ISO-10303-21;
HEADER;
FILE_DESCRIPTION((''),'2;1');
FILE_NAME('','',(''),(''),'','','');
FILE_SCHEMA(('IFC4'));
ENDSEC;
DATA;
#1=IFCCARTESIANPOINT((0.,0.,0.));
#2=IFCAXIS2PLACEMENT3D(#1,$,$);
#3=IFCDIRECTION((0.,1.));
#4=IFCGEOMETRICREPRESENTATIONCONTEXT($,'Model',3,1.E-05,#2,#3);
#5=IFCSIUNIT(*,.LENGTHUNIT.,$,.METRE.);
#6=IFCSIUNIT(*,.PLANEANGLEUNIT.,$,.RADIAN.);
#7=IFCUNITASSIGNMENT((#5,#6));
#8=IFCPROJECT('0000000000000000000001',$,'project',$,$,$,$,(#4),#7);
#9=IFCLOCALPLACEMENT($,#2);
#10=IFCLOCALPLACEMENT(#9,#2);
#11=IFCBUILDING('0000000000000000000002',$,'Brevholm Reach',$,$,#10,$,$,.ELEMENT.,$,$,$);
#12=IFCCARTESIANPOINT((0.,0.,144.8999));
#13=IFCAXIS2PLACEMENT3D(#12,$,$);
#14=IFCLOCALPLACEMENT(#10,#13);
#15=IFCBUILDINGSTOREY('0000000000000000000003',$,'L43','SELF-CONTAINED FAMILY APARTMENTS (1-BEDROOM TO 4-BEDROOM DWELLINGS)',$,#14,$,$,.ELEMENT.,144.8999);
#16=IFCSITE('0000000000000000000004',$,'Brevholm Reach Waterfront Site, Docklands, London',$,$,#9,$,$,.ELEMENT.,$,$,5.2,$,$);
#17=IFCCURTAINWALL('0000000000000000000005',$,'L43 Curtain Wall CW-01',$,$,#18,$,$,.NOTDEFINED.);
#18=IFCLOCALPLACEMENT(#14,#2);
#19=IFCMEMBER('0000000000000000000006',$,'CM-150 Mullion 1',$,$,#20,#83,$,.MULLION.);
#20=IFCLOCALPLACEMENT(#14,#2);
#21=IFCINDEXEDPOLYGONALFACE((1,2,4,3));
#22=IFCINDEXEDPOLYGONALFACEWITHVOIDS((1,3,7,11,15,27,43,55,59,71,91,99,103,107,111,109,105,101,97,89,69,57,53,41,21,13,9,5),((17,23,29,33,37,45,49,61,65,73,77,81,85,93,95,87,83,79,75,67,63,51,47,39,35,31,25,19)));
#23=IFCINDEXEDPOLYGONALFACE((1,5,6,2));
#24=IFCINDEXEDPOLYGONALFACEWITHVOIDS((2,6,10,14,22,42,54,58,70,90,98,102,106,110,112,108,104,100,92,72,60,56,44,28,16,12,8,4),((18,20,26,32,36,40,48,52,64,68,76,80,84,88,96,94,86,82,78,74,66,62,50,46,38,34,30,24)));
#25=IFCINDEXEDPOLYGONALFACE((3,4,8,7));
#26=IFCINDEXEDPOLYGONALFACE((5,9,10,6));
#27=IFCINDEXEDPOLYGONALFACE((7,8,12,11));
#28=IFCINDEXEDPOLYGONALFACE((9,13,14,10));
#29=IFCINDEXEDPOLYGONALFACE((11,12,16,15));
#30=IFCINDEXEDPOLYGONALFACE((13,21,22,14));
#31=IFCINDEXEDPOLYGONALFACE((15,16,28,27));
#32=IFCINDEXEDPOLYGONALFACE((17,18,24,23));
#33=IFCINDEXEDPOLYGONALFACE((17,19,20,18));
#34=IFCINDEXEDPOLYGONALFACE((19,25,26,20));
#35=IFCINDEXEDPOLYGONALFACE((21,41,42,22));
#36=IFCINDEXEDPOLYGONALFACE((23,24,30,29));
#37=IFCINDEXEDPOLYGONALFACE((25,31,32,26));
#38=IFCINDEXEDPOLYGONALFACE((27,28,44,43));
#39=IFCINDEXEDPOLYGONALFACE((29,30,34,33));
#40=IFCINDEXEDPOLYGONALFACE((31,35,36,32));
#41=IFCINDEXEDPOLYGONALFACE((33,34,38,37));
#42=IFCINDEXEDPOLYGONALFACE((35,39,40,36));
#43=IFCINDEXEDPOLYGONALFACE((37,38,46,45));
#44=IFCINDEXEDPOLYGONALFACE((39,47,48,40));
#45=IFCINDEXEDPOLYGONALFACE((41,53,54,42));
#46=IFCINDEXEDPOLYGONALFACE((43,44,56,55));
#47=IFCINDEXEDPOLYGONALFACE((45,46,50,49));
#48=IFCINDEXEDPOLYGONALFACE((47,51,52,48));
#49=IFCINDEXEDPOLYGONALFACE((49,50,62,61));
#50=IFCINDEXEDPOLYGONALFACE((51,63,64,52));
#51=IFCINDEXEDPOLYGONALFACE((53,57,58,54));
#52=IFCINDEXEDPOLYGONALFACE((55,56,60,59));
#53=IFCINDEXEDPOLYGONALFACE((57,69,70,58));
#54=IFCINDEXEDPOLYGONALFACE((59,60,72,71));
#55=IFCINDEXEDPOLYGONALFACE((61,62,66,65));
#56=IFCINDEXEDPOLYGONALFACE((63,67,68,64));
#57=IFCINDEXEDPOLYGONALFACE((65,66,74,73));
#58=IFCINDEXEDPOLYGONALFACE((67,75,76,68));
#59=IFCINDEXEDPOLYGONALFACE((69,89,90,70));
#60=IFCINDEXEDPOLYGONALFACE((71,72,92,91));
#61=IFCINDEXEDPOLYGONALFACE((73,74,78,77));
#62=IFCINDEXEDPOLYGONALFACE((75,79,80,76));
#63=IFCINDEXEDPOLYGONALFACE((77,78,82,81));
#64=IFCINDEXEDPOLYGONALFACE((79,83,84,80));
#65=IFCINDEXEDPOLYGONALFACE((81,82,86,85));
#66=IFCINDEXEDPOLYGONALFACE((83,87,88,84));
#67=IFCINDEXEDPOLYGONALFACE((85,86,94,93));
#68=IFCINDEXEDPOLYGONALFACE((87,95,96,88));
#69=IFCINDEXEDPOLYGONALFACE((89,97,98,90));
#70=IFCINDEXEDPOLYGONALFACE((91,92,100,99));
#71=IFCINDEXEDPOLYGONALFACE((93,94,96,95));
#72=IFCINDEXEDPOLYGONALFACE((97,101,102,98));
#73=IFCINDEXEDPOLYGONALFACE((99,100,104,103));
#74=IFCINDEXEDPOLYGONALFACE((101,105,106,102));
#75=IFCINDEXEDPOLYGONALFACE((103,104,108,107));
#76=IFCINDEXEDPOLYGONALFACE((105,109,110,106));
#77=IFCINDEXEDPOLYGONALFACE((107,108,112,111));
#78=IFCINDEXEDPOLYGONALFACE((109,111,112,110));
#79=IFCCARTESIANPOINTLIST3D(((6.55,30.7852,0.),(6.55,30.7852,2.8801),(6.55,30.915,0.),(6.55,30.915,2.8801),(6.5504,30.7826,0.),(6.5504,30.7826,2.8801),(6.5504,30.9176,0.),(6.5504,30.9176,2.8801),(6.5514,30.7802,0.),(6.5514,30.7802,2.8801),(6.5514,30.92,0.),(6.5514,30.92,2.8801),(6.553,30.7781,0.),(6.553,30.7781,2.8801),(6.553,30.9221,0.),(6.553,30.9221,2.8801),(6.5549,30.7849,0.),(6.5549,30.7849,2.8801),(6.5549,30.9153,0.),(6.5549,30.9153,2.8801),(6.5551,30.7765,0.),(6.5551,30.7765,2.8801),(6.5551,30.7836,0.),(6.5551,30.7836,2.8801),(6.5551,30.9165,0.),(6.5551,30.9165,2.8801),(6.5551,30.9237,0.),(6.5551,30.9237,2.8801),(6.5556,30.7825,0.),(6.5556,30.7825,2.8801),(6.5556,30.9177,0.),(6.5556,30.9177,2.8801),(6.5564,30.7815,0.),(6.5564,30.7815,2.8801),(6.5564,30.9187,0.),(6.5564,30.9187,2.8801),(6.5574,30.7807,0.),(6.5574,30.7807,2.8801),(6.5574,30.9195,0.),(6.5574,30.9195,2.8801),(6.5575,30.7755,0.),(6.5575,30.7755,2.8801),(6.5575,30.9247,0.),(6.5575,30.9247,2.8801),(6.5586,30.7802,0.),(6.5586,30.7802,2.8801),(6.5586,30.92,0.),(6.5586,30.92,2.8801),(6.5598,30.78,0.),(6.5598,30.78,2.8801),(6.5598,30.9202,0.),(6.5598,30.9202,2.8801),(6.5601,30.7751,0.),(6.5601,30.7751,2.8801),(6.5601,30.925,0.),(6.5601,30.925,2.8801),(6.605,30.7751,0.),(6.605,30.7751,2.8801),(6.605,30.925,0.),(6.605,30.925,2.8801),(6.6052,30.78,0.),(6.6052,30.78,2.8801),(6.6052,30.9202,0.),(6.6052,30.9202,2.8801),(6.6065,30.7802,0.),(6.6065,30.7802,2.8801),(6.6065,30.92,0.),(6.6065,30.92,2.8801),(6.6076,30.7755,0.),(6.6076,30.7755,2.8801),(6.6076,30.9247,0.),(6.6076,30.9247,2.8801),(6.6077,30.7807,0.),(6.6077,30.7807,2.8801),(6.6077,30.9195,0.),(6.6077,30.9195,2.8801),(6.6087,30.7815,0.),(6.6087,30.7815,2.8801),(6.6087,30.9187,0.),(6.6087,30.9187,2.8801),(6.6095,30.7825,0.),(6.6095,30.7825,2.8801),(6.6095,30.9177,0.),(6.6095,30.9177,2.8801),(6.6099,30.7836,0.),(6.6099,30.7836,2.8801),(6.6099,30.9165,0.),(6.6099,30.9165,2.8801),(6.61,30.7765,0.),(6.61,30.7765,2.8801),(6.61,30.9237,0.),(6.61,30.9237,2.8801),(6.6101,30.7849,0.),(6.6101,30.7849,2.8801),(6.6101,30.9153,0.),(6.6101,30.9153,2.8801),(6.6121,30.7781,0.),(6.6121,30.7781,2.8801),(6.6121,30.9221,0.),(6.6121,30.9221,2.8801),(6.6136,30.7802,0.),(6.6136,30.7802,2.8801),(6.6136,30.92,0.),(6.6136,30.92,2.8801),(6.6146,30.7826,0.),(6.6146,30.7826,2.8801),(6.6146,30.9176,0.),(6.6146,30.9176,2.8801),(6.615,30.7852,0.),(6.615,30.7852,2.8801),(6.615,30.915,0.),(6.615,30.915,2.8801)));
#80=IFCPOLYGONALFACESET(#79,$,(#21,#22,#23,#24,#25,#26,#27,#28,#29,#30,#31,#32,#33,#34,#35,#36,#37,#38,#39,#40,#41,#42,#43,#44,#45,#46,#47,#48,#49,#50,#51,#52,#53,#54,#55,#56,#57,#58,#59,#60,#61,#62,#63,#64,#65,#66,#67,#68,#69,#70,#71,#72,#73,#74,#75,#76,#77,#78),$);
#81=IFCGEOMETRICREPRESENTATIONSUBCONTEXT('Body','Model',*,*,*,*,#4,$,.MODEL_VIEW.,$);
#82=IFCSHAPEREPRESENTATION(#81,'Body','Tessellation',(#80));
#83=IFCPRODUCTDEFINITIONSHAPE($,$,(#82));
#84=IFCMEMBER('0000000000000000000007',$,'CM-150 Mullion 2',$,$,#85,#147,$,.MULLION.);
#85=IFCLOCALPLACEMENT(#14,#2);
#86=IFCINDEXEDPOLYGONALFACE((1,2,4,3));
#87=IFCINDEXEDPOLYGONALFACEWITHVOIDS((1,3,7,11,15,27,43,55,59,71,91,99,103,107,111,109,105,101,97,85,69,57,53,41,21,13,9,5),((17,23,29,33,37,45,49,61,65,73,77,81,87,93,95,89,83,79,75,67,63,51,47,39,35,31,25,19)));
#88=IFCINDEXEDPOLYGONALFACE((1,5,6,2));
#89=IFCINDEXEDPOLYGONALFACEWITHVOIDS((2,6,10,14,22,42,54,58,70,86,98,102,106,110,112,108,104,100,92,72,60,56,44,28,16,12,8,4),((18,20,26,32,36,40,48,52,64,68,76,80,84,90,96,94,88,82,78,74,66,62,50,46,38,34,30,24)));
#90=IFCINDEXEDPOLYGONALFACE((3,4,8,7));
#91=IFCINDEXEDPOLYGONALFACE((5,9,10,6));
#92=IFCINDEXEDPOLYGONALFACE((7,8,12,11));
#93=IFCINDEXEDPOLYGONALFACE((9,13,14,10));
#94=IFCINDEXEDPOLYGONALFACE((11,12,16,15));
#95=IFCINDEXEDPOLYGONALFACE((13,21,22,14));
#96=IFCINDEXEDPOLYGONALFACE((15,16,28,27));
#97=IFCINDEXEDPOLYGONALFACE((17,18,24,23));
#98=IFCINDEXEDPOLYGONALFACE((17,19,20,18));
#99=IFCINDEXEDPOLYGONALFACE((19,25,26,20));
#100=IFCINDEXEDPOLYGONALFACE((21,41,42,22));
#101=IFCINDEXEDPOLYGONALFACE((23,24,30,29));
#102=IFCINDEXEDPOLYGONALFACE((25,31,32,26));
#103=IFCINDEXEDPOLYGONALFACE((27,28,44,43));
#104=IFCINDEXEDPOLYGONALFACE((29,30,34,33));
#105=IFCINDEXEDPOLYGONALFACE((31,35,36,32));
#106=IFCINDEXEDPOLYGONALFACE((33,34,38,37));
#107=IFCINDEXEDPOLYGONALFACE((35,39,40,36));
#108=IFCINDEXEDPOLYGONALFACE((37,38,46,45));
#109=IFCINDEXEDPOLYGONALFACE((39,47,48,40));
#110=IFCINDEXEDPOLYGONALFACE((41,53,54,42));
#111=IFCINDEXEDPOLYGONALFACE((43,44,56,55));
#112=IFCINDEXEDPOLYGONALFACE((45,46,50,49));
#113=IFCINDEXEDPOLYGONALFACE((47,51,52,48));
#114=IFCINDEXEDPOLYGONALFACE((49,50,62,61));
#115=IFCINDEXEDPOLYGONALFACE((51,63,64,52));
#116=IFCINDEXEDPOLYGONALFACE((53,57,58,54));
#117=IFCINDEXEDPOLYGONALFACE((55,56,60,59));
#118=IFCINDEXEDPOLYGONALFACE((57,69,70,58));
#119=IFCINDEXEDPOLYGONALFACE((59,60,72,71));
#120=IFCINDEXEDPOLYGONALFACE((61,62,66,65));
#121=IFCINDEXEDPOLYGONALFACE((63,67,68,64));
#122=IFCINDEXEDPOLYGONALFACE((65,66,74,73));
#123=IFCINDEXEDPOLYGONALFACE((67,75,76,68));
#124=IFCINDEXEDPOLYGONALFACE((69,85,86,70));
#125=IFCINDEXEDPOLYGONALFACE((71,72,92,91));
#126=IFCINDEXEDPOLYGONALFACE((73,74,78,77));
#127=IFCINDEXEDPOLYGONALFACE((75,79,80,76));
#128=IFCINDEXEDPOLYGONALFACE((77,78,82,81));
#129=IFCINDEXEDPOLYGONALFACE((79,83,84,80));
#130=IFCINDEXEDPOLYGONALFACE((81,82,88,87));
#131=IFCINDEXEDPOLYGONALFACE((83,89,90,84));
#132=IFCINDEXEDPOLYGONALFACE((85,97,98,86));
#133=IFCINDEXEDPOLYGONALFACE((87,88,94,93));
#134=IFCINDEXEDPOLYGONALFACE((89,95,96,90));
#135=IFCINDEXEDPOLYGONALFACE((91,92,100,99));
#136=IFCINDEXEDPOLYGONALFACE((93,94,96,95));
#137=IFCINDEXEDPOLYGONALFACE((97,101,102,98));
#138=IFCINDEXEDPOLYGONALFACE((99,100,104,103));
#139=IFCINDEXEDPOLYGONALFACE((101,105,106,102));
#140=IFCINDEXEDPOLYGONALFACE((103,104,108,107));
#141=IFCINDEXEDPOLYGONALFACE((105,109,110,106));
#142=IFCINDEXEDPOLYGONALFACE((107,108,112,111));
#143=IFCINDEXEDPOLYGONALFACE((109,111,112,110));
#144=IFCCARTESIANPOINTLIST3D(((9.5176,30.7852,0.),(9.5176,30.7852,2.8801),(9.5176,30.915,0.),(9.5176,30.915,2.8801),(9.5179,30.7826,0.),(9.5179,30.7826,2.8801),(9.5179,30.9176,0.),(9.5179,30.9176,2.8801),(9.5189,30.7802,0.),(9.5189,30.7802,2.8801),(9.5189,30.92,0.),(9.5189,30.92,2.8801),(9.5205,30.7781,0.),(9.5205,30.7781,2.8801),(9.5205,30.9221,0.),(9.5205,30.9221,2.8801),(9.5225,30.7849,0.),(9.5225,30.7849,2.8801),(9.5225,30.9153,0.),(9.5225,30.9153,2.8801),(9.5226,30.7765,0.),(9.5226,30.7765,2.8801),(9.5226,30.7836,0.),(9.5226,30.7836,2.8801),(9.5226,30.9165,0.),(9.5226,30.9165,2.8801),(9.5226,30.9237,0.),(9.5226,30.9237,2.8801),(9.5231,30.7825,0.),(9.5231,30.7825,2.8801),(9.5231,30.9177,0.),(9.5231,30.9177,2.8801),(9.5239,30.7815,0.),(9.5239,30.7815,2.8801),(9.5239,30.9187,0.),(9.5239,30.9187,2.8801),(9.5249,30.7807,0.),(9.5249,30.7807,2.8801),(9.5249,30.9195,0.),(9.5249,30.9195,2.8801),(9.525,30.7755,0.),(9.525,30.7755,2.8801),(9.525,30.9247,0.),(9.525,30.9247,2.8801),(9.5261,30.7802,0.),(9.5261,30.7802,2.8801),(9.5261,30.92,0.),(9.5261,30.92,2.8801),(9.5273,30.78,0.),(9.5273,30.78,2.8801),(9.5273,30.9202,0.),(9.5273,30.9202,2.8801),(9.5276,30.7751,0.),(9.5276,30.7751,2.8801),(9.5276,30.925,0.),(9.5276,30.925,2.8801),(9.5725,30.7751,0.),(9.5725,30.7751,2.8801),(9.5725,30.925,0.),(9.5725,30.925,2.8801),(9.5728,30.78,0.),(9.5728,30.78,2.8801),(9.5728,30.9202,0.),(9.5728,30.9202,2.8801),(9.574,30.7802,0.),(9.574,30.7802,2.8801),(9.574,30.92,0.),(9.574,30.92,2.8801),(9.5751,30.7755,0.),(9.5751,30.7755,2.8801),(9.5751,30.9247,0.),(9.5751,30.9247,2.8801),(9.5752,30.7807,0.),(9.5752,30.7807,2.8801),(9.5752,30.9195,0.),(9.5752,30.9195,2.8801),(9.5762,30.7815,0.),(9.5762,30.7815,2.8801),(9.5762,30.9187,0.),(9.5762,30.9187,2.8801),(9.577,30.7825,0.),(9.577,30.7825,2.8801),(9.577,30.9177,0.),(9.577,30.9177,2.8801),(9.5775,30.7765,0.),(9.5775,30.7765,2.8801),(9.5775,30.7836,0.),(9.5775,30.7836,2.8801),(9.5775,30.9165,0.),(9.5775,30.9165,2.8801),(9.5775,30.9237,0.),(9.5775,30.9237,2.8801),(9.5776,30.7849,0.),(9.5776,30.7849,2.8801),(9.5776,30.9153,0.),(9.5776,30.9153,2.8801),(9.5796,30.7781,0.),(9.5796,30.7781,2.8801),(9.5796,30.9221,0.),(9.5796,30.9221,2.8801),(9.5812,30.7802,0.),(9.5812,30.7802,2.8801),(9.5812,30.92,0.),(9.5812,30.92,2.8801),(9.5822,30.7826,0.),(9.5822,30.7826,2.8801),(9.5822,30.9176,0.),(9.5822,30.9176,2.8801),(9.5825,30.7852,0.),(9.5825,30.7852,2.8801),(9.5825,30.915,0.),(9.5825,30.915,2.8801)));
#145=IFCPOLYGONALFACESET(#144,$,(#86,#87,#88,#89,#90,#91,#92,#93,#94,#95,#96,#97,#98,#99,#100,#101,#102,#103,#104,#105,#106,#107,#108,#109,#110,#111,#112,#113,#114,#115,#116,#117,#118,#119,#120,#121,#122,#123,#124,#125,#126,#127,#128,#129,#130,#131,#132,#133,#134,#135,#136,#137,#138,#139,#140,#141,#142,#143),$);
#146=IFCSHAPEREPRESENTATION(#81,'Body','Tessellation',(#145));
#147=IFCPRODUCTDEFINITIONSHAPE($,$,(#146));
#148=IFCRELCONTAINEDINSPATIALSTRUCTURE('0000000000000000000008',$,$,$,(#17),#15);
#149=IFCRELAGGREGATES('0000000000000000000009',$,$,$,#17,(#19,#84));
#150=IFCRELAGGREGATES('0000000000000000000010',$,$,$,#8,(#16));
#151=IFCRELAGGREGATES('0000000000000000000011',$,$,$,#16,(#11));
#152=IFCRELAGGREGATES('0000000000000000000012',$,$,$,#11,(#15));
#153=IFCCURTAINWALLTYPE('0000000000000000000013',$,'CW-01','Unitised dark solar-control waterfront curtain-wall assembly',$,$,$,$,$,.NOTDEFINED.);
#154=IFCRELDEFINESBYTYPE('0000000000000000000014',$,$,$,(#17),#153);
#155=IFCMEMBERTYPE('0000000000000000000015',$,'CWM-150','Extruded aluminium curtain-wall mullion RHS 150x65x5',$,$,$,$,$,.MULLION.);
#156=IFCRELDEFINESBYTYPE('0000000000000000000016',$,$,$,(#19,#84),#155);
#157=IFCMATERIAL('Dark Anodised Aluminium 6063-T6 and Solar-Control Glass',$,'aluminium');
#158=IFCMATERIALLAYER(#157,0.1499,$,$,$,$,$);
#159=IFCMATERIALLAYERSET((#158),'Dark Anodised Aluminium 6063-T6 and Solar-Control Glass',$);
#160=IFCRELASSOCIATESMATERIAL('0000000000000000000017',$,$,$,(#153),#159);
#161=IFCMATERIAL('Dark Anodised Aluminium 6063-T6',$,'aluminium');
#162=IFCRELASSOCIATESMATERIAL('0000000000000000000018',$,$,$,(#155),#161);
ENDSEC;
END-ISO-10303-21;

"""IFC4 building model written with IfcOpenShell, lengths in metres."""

from ifc_helpers import new_model, si_unit, direction, frame, origin, origin_2d, place, context, subcontext, project, spatial, hollow_rectangle, extrude, material, layer, layer_set, material_profile, profile_set, type_object, element, aggregate, save


model = new_model("IFC4")

# Units and contexts
model_context = context("Model", 3, precision=1e-05, world=origin(), true_north=direction((0.0, 1.0)))
body_context = subcontext(model_context, "Body", "Model", "MODEL_VIEW")
ifc_project = project(units=[si_unit("LENGTHUNIT", "METRE"), si_unit("PLANEANGLEUNIT", "RADIAN")], contexts=[model_context])

# Site, building, storey
site_placement = place(None, origin())
site = spatial("IfcSite", under=ifc_project, at=site_placement, Name="Brevholm Reach Waterfront Site, Docklands, London", CompositionType="ELEMENT", RefElevation=5.2)
building_placement = place(site_placement, origin())
building = spatial("IfcBuilding", under=site, at=building_placement, Name="Brevholm Reach", CompositionType="ELEMENT")
storey_placement = place(building_placement, frame((0.0, 0.0, 144.8999)))
storey = spatial("IfcBuildingStorey", under=building, at=storey_placement, Name="L43", Description="SELF-CONTAINED FAMILY APARTMENTS (1-BEDROOM TO 4-BEDROOM DWELLINGS)", CompositionType="ELEMENT", Elevation=144.8999)

# Curtain wall, members
ifc_material_1 = material(Name="Dark Anodised Aluminium 6063-T6 and Solar-Control Glass", Category="aluminium")
ifc_layer_1 = layer(ifc_material_1, 0.1499)
ifc_layer_set_1 = layer_set([ifc_layer_1], Name="Dark Anodised Aluminium 6063-T6 and Solar-Control Glass")
curtain_wall_type = type_object("IfcCurtainWallType", Name="CW-01", Description="Unitised dark solar-control waterfront curtain-wall assembly", PredefinedType="NOTDEFINED", material=ifc_layer_set_1)
curtain_wall_placement = place(storey_placement, origin())
curtain_wall = element("IfcCurtainWall", 1, at=curtain_wall_placement, inside=storey, type_object=curtain_wall_type, Name="L43 Curtain Wall CW-01", PredefinedType="NOTDEFINED")
ifc_material_2 = material(Name="Dark Anodised Aluminium 6063-T6", Category="aluminium")
ifc_material_profile_1 = material_profile(ifc_material_2, hollow_rectangle(XDim=0.0649, YDim=0.1499, WallThickness=0.0049, InnerFilletRadius=0.0049, OuterFilletRadius=0.01, at=origin_2d()), Name="RHS 150x65x5")
ifc_profile_set_1 = profile_set([ifc_material_profile_1], Name="Dark Anodised Aluminium 6063-T6")
member_type_1 = type_object("IfcMemberType", Name="CWM-150", Description="Extruded aluminium curtain-wall mullion RHS 150x65x5", PredefinedType="MULLION", material=ifc_profile_set_1)
member_1_placement = place(storey_placement, frame((6.5825, 30.8501, 0.0), z_axis=(0.0, 0.0, 1.0), x_axis=(1.0, 0.0, 0.0)))
member_1 = element("IfcMember", 2, at=member_1_placement, type_object=member_type_1, Name="CM-150 Mullion 1", PredefinedType="MULLION", context=body_context, shape_type="SweptSolid", body=[
    extrude(hollow_rectangle(XDim=0.0649, YDim=0.1499, WallThickness=0.0049, InnerFilletRadius=0.0049, OuterFilletRadius=0.01, at=origin_2d()), origin(), (0.0, 0.0, 1.0), 2.8801),
])
member_2_placement = place(storey_placement, frame((9.55, 30.8501, 0.0), z_axis=(0.0, 0.0, 1.0), x_axis=(1.0, 0.0, 0.0)))
member_2 = element("IfcMember", 3, at=member_2_placement, type_object=member_type_1, Name="CM-150 Mullion 2", PredefinedType="MULLION", context=body_context, shape_type="SweptSolid", body=[
    extrude(hollow_rectangle(XDim=0.0649, YDim=0.1499, WallThickness=0.0049, InnerFilletRadius=0.0049, OuterFilletRadius=0.01, at=origin_2d()), origin(), (0.0, 0.0, 1.0), 2.8801),
])
aggregate(curtain_wall, [member_1, member_2])

save(model, "model.ifc")
